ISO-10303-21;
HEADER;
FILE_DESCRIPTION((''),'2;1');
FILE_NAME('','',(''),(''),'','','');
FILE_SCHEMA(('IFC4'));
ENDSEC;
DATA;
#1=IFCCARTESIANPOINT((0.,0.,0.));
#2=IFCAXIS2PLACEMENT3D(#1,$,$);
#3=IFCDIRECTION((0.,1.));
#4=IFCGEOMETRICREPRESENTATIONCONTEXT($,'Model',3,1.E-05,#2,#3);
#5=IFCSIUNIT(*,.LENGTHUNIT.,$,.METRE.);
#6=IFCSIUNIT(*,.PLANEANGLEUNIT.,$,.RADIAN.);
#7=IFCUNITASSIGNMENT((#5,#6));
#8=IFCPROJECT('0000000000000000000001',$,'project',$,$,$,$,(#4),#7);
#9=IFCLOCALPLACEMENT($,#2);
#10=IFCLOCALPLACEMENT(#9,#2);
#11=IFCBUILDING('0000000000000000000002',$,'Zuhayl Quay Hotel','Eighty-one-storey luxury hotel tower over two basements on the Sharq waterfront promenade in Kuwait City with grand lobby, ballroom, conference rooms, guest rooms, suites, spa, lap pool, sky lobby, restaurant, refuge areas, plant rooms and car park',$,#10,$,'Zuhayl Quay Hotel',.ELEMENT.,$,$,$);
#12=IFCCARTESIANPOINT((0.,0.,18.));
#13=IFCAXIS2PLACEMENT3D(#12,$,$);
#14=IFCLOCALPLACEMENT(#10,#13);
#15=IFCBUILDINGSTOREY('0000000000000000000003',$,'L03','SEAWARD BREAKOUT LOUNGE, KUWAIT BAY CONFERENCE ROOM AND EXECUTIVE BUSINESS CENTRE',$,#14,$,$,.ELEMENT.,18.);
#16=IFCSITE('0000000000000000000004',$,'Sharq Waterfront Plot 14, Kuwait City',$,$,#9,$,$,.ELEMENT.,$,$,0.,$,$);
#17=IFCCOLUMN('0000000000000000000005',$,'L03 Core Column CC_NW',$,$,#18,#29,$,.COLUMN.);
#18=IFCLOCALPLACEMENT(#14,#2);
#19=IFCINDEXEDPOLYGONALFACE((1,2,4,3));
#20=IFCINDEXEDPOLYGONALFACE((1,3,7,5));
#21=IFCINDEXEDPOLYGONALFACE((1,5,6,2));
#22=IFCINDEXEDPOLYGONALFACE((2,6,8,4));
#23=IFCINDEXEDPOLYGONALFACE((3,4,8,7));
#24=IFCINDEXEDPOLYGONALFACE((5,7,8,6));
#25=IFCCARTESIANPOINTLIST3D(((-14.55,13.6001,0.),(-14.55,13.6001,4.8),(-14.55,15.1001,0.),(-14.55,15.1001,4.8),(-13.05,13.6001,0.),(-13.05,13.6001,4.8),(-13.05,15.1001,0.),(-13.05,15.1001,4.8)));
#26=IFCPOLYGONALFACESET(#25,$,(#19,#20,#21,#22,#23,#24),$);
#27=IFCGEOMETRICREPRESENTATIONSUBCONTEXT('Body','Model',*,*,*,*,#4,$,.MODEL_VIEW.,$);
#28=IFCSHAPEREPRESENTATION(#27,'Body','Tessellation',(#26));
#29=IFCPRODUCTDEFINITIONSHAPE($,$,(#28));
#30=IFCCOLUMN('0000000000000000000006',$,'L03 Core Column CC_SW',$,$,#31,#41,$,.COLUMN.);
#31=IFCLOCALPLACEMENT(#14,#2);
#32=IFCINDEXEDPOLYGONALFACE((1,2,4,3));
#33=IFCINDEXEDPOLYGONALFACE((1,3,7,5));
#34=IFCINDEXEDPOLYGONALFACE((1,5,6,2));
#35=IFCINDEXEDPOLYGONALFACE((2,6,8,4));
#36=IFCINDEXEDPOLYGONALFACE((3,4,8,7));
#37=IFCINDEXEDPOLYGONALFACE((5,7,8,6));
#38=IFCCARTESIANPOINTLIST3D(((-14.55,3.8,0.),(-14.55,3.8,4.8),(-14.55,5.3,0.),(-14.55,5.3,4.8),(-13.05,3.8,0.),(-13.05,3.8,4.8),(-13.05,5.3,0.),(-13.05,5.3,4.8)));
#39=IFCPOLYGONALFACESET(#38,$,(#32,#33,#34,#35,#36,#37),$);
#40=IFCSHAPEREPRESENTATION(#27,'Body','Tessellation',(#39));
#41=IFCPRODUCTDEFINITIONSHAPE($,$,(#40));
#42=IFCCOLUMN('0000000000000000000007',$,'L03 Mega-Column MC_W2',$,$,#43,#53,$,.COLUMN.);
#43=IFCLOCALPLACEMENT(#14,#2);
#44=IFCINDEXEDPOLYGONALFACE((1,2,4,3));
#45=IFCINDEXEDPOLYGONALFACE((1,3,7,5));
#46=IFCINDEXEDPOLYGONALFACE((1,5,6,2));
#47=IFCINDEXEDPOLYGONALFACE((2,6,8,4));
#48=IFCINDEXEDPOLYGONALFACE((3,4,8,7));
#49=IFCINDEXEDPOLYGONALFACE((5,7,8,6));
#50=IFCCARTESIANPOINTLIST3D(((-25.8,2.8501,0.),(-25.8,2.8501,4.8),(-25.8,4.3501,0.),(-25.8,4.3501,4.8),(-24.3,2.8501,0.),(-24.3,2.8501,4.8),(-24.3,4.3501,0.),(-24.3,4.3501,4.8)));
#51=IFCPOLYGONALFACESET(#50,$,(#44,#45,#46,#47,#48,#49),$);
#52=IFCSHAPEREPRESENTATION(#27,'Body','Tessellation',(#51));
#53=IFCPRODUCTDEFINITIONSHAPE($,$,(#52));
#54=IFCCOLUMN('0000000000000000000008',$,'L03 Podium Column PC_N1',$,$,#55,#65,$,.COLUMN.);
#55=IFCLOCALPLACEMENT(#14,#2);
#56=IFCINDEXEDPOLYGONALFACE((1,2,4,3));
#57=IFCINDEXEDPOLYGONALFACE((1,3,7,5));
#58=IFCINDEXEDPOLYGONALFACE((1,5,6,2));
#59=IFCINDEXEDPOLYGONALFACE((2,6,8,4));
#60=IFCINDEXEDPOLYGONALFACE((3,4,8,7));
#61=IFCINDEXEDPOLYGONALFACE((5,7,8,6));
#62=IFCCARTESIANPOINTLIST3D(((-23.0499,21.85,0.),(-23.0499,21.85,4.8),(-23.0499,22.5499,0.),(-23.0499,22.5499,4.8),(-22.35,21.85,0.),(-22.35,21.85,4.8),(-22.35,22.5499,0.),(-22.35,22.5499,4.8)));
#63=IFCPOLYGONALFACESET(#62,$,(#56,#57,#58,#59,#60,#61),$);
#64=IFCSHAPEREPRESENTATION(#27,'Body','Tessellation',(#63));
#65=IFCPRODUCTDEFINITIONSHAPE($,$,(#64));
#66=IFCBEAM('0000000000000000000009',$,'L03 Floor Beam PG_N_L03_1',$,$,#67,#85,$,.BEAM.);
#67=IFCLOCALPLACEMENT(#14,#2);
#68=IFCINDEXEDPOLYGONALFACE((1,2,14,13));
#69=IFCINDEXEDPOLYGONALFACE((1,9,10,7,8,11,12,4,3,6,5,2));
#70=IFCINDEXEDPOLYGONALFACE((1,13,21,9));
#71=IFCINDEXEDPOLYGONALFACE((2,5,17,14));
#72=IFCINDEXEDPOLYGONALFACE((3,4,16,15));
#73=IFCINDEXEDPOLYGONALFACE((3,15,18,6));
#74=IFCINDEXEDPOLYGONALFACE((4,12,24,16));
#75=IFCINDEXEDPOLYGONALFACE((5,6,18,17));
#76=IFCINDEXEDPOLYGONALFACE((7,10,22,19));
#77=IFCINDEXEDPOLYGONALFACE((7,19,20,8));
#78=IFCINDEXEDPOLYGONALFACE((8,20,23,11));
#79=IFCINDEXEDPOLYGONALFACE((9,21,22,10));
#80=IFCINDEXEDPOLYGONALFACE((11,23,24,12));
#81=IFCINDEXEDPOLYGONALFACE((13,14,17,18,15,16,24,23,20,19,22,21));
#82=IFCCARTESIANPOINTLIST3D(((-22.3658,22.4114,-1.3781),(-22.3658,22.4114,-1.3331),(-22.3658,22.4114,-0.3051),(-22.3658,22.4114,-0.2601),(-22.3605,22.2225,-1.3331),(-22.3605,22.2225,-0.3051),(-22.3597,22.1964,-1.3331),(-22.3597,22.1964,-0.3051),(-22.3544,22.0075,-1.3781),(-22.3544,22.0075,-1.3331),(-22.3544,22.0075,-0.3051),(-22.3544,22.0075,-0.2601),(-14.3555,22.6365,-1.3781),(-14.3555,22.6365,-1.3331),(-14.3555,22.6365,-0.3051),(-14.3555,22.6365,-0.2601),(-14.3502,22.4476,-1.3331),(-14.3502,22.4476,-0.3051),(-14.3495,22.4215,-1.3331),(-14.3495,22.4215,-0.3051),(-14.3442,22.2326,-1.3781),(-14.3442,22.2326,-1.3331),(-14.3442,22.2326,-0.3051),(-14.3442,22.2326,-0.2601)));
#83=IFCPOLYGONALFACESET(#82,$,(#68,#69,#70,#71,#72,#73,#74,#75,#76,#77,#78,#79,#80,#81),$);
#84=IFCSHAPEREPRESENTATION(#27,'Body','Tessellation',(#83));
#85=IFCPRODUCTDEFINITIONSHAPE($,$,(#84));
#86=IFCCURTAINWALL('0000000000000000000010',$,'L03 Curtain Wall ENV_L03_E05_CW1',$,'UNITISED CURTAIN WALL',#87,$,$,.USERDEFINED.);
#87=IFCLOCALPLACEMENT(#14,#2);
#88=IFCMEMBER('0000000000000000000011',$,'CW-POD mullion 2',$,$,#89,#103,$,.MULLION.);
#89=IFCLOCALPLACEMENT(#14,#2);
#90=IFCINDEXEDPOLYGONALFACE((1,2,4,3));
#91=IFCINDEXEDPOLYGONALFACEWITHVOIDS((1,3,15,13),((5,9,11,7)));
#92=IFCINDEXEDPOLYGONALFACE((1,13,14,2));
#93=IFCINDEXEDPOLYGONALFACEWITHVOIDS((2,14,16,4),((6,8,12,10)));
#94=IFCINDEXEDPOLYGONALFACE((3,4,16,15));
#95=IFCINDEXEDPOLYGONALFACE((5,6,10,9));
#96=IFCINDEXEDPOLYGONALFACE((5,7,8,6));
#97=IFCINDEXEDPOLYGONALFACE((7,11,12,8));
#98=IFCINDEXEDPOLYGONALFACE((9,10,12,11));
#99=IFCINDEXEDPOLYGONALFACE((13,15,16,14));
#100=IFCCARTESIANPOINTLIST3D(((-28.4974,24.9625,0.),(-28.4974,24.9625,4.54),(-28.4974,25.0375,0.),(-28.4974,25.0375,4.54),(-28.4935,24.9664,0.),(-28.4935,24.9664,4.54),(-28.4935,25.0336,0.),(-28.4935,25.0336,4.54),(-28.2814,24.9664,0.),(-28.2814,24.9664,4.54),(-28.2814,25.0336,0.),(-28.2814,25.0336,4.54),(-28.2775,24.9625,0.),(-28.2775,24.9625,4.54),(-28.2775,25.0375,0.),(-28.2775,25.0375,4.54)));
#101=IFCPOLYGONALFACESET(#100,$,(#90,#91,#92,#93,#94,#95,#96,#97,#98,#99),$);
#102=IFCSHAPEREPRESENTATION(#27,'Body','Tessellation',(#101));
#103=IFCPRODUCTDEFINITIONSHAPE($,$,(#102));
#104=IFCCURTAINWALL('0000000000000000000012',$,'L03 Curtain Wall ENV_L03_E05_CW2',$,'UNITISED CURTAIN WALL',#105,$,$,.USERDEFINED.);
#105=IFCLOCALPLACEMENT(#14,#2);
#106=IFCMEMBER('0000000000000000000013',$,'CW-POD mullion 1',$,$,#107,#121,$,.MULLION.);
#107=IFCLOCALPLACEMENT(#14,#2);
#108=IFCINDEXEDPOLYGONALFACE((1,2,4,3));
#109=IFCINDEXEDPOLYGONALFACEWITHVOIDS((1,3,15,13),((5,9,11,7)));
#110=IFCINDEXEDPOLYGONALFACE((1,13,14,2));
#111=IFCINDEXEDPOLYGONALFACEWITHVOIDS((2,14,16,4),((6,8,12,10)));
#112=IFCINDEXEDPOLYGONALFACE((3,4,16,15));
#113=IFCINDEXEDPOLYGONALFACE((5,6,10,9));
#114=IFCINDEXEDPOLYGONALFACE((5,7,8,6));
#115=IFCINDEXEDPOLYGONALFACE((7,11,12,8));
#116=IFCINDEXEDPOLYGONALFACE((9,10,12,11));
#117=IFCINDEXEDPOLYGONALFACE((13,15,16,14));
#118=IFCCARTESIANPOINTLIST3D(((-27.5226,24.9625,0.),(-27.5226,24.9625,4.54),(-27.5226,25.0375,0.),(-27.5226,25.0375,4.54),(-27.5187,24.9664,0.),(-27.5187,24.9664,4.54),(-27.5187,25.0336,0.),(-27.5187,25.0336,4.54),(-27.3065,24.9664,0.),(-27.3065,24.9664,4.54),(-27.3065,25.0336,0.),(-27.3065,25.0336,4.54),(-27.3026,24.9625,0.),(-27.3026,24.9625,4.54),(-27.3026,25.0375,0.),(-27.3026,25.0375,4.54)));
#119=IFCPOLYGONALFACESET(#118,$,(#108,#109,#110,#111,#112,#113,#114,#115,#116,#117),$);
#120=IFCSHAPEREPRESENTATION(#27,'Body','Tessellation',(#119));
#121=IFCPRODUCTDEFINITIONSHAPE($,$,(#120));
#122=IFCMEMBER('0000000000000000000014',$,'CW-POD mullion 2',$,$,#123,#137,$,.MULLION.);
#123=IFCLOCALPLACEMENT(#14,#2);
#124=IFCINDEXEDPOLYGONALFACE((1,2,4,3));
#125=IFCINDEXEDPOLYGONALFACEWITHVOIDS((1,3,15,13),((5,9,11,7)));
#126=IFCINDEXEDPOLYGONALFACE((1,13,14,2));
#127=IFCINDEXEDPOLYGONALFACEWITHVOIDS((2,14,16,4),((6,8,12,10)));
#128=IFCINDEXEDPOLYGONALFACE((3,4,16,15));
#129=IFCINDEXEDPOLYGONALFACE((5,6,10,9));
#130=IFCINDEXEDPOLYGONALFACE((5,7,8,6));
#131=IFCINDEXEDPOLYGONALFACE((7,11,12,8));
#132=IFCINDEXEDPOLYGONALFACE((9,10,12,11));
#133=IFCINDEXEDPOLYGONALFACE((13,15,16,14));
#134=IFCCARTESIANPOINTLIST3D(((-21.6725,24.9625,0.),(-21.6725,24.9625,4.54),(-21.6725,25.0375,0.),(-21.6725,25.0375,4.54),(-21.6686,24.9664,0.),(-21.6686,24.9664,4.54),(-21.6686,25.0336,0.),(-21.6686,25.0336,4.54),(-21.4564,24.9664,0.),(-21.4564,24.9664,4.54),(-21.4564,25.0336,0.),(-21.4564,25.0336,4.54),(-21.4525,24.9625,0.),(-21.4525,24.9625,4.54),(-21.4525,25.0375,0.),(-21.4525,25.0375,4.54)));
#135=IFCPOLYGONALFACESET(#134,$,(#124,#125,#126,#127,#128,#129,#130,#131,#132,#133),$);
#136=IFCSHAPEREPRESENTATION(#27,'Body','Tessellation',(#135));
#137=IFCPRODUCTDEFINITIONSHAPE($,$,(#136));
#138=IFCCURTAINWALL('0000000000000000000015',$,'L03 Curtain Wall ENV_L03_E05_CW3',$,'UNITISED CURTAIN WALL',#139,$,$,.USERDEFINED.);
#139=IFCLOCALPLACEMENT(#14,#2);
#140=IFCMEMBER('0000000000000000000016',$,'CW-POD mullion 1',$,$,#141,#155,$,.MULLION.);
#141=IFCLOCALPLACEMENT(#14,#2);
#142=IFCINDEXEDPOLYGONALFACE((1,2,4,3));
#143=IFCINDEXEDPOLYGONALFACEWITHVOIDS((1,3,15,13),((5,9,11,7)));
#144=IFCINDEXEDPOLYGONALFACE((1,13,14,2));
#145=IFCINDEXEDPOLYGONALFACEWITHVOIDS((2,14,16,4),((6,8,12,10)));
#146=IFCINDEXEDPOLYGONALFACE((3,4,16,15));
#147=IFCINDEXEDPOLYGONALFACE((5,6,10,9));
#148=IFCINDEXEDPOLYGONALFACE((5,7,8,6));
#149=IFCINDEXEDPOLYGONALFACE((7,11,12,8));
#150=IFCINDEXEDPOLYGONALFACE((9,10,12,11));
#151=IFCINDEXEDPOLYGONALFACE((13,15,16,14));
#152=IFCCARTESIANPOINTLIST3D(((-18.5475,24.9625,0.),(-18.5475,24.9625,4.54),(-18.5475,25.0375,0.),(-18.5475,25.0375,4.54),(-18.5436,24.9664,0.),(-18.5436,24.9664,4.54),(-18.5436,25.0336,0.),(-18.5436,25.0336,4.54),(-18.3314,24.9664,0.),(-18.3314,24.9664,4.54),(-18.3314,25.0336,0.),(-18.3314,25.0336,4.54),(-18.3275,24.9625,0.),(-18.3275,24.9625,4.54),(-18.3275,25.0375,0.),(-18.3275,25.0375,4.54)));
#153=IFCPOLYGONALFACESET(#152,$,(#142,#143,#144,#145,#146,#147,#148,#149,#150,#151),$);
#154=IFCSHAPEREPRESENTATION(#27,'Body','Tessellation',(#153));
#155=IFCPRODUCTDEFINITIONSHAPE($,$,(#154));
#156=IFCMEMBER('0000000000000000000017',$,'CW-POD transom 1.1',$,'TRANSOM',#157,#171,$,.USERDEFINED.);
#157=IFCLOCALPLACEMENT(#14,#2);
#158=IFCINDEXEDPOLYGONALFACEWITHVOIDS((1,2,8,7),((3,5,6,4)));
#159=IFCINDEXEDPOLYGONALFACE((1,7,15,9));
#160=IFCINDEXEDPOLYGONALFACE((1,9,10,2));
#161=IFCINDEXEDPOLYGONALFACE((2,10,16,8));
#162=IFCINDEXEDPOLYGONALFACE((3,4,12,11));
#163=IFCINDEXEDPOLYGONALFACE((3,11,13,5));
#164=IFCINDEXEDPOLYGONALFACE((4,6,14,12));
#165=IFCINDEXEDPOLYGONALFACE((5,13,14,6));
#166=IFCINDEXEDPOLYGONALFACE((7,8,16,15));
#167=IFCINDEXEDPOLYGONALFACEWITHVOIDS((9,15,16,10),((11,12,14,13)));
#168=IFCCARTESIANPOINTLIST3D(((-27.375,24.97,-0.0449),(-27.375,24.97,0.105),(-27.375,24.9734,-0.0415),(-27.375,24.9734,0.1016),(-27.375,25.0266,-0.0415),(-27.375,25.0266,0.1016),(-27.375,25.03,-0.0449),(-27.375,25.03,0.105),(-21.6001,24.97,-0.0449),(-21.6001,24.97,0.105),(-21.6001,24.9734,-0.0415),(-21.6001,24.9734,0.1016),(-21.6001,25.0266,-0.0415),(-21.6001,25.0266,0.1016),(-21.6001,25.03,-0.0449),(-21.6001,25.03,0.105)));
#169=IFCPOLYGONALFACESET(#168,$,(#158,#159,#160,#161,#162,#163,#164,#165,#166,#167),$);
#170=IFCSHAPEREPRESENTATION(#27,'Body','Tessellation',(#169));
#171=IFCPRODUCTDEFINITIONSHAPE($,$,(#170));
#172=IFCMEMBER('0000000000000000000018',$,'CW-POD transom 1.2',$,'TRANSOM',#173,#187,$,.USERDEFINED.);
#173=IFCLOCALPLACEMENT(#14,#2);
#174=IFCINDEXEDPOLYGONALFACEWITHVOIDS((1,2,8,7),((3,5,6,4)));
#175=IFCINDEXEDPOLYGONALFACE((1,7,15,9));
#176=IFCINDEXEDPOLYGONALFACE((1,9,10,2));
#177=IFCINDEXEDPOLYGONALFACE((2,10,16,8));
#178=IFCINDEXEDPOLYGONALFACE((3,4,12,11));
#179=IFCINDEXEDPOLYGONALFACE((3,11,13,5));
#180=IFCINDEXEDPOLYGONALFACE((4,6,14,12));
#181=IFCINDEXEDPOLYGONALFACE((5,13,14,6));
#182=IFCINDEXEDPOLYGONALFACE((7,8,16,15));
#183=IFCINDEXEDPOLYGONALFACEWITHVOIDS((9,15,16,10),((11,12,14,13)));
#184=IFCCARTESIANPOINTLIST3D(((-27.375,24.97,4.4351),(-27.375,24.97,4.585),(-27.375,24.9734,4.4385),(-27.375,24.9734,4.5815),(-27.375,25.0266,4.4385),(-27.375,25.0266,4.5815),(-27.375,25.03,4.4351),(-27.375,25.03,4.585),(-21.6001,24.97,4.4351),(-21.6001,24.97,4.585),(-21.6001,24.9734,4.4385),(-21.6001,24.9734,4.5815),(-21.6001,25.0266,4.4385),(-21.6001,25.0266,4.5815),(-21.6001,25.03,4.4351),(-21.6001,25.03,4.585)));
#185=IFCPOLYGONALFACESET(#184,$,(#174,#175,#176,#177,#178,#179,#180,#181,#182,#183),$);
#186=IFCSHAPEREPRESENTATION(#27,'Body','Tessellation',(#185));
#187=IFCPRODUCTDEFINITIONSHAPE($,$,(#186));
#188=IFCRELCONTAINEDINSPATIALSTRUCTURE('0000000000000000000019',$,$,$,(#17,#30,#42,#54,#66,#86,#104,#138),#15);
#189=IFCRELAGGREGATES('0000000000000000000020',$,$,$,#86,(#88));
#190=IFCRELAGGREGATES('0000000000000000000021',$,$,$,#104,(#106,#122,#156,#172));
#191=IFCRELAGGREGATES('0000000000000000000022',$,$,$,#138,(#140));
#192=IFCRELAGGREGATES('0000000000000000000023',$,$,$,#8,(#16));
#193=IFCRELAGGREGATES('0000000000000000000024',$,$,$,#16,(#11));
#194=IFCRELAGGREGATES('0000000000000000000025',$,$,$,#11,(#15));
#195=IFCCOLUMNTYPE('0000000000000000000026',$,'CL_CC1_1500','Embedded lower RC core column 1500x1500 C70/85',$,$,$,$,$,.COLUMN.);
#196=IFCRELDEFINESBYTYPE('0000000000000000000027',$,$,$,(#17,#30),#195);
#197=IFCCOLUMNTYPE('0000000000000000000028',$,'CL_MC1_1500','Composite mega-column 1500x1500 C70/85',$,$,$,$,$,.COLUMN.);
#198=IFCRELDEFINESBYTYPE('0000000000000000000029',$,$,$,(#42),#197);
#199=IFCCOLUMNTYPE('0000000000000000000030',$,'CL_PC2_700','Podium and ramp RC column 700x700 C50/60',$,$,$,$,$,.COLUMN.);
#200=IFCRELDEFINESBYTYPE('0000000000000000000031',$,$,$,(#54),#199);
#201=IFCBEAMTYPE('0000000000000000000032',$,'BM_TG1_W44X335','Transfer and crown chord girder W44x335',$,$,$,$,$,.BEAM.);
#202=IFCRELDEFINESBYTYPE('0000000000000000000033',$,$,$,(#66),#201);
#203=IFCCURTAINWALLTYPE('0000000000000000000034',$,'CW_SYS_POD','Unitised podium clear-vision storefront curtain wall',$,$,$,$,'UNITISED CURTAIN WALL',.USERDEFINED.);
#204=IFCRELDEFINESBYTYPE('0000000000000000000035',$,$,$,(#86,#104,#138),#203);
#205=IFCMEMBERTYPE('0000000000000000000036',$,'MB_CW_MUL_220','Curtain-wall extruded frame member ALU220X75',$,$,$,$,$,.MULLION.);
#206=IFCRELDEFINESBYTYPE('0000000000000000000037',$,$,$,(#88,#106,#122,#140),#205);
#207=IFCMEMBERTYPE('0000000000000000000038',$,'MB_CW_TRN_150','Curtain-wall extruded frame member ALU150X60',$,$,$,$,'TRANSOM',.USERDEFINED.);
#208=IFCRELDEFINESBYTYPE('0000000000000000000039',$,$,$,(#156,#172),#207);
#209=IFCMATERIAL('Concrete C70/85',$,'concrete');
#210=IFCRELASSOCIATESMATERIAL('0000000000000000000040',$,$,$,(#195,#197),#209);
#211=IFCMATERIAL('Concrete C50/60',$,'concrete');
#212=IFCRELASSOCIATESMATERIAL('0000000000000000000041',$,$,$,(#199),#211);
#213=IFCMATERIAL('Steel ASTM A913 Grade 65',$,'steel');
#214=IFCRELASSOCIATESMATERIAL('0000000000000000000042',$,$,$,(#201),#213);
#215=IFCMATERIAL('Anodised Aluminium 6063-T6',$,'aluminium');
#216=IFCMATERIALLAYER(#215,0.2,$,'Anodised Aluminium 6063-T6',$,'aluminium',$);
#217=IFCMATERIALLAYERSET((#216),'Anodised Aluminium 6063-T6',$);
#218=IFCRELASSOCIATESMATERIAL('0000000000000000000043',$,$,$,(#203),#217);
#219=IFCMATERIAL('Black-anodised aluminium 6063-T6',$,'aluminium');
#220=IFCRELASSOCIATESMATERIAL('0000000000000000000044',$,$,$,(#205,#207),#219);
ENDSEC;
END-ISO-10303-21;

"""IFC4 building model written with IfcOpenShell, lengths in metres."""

from ifc_helpers import new_model, si_unit, direction, frame, origin, origin_2d, place, context, subcontext, project, spatial, rectangle, hollow_rectangle, i_section, extrude, material, layer, layer_set, material_profile, profile_set, type_object, element, aggregate, save


model = new_model("IFC4")

# Units and contexts
model_context = context("Model", 3, precision=1e-05, world=origin(), true_north=direction((0.0, 1.0)))
body_context = subcontext(model_context, "Body", "Model", "MODEL_VIEW")
ifc_project = project(units=[si_unit("LENGTHUNIT", "METRE"), si_unit("PLANEANGLEUNIT", "RADIAN")], contexts=[model_context])

# Site, building, storey
site_placement = place(None, origin())
site = spatial("IfcSite", under=ifc_project, at=site_placement, Name="Sharq Waterfront Plot 14, Kuwait City", CompositionType="ELEMENT", RefElevation=0.0)
building_placement = place(site_placement, origin())
building = spatial("IfcBuilding", under=site, at=building_placement, Name="Zuhayl Quay Hotel", Description="Eighty-one-storey luxury hotel tower over two basements on the Sharq waterfront promenade in Kuwait City with grand lobby, ballroom, conference rooms, guest rooms, suites, spa, lap pool, sky lobby, restaurant, refuge areas, plant rooms and car park", LongName="Zuhayl Quay Hotel", CompositionType="ELEMENT")
storey_placement = place(building_placement, frame((0.0, 0.0, 18.0)))
storey = spatial("IfcBuildingStorey", under=building, at=storey_placement, Name="L03", Description="SEAWARD BREAKOUT LOUNGE, KUWAIT BAY CONFERENCE ROOM AND EXECUTIVE BUSINESS CENTRE", CompositionType="ELEMENT", Elevation=18.0)

# Columns
ifc_material_1 = material(Name="Concrete C70/85", Category="concrete")
ifc_material_profile_1 = material_profile(ifc_material_1, rectangle(XDim=1.5, YDim=1.5, at=origin_2d()), Name="RC1500X1500")
ifc_profile_set_1 = profile_set([ifc_material_profile_1], Name="Concrete C70/85")
column_type_1 = type_object("IfcColumnType", Name="CL_CC1_1500", Description="Embedded lower RC core column 1500x1500 C70/85", PredefinedType="COLUMN", material=ifc_profile_set_1)
for number, where, z_axis, x_axis, name in (
    (1, (-13.8, 14.3501, 0.0), (0.0, 0.0, 1.0), (1.0, 0.0, 0.0), "L03 Core Column CC_NW"),
    (2, (-13.8, 4.55, 0.0), (0.0, 0.0, 1.0), (1.0, 0.0, 0.0), "L03 Core Column CC_SW"),
):
    element("IfcColumn", number, at=place(storey_placement, frame(where, z_axis=z_axis, x_axis=x_axis)), inside=storey, type_object=column_type_1, Name=name, PredefinedType="COLUMN", context=body_context, shape_type="SweptSolid", body=[
        extrude(rectangle(XDim=1.5, YDim=1.5, at=origin_2d()), origin(), (0.0, 0.0, 1.0), 4.8),
    ])
ifc_material_profile_2 = material_profile(ifc_material_1, rectangle(XDim=1.5, YDim=1.5, at=origin_2d()), Name="RC1500X1500")
ifc_profile_set_2 = profile_set([ifc_material_profile_2], Name="Concrete C70/85")
column_type_2 = type_object("IfcColumnType", Name="CL_MC1_1500", Description="Composite mega-column 1500x1500 C70/85", PredefinedType="COLUMN", material=ifc_profile_set_2)
column_1_placement = place(storey_placement, frame((-25.05, 3.6001, 0.0), z_axis=(0.0, 0.0, 1.0), x_axis=(1.0, 0.0, 0.0)))
element("IfcColumn", 3, at=column_1_placement, inside=storey, type_object=column_type_2, Name="L03 Mega-Column MC_W2", PredefinedType="COLUMN", context=body_context, shape_type="SweptSolid", body=[
    extrude(rectangle(XDim=1.5, YDim=1.5, at=origin_2d()), origin(), (0.0, 0.0, 1.0), 4.8),
])
ifc_material_2 = material(Name="Concrete C50/60", Category="concrete")
ifc_material_profile_3 = material_profile(ifc_material_2, rectangle(XDim=0.7, YDim=0.7, at=origin_2d()), Name="RC700X700")
ifc_profile_set_3 = profile_set([ifc_material_profile_3], Name="Concrete C50/60")
column_type_3 = type_object("IfcColumnType", Name="CL_PC2_700", Description="Podium and ramp RC column 700x700 C50/60", PredefinedType="COLUMN", material=ifc_profile_set_3)
column_2_placement = place(storey_placement, frame((-22.7, 22.2, 0.0), z_axis=(0.0, 0.0, 1.0), x_axis=(1.0, 0.0, 0.0)))
element("IfcColumn", 4, at=column_2_placement, inside=storey, type_object=column_type_3, Name="L03 Podium Column PC_N1", PredefinedType="COLUMN", context=body_context, shape_type="SweptSolid", body=[
    extrude(rectangle(XDim=0.7, YDim=0.7, at=origin_2d()), origin(), (0.0, 0.0, 1.0), 4.8),
])

# Beam
ifc_material_3 = material(Name="Steel ASTM A913 Grade 65", Category="steel")
ifc_material_profile_4 = material_profile(ifc_material_3, i_section(OverallWidth=0.4041, OverallDepth=1.1179, WebThickness=0.0261, FlangeThickness=0.0449, at=origin_2d()), Name="W44X335")
ifc_profile_set_4 = profile_set([ifc_material_profile_4], Name="Steel ASTM A913 Grade 65")
beam_type = type_object("IfcBeamType", Name="BM_TG1_W44X335", Description="Transfer and crown chord girder W44x335", PredefinedType="BEAM", material=ifc_profile_set_4)
beam_placement = place(storey_placement, frame((-22.3601, 22.2095, -0.8191), z_axis=(0.999605, 0.02809, 0.0), x_axis=(-0.02809, 0.999605, 0.0)))
element("IfcBeam", 5, at=beam_placement, inside=storey, type_object=beam_type, Name="L03 Floor Beam PG_N_L03_1", PredefinedType="BEAM", context=body_context, shape_type="SweptSolid", body=[
    extrude(i_section(OverallWidth=0.4041, OverallDepth=1.1179, WebThickness=0.0261, FlangeThickness=0.0449, at=origin_2d()), origin(), (0.0, 0.0, 1.0), 8.0134),
])

# Curtain wall, member
ifc_material_4 = material(Name="Anodised Aluminium 6063-T6", Category="aluminium")
ifc_layer_1 = layer(ifc_material_4, 0.2, Name="Anodised Aluminium 6063-T6", Category="aluminium")
ifc_layer_set_1 = layer_set([ifc_layer_1], Name="Anodised Aluminium 6063-T6")
curtain_wall_type = type_object("IfcCurtainWallType", Name="CW_SYS_POD", Description="Unitised podium clear-vision storefront curtain wall", ElementType="UNITISED CURTAIN WALL", PredefinedType="USERDEFINED", material=ifc_layer_set_1)
curtain_wall_1_placement = place(storey_placement, origin())
curtain_wall_1 = element("IfcCurtainWall", 6, at=curtain_wall_1_placement, inside=storey, type_object=curtain_wall_type, Name="L03 Curtain Wall ENV_L03_E05_CW1", ObjectType="UNITISED CURTAIN WALL", PredefinedType="USERDEFINED")
ifc_material_5 = material(Name="Black-anodised aluminium 6063-T6", Category="aluminium")
ifc_material_profile_5 = material_profile(ifc_material_5, hollow_rectangle(XDim=0.075, YDim=0.22, WallThickness=0.0039, at=origin_2d()), Name="ALU220X75")
ifc_profile_set_5 = profile_set([ifc_material_profile_5], Name="Black-anodised aluminium 6063-T6")
member_type_1 = type_object("IfcMemberType", Name="MB_CW_MUL_220", Description="Curtain-wall extruded frame member ALU220X75", PredefinedType="MULLION", material=ifc_profile_set_5)
member_1_placement = place(storey_placement, frame((-28.3875, 25.0, 0.0), z_axis=(0.0, 0.0, 1.0), x_axis=(0.0, 1.0, 0.0)))
member_1 = element("IfcMember", 7, at=member_1_placement, type_object=member_type_1, Name="CW-POD mullion 2", PredefinedType="MULLION", context=body_context, shape_type="SweptSolid", body=[
    extrude(hollow_rectangle(XDim=0.075, YDim=0.22, WallThickness=0.0039, at=origin_2d()), origin(), (0.0, 0.0, 1.0), 4.54),
])
aggregate(curtain_wall_1, [member_1])

# Curtain wall, members
curtain_wall_2_placement = place(storey_placement, origin())
curtain_wall_2 = element("IfcCurtainWall", 8, at=curtain_wall_2_placement, inside=storey, type_object=curtain_wall_type, Name="L03 Curtain Wall ENV_L03_E05_CW2", ObjectType="UNITISED CURTAIN WALL", PredefinedType="USERDEFINED")
member_2_placement = place(storey_placement, frame((-27.4126, 25.0, 0.0), z_axis=(0.0, 0.0, 1.0), x_axis=(0.0, 1.0, 0.0)))
member_2 = element("IfcMember", 9, at=member_2_placement, type_object=member_type_1, Name="CW-POD mullion 1", PredefinedType="MULLION", context=body_context, shape_type="SweptSolid", body=[
    extrude(hollow_rectangle(XDim=0.075, YDim=0.22, WallThickness=0.0039, at=origin_2d()), origin(), (0.0, 0.0, 1.0), 4.54),
])
member_3_placement = place(storey_placement, frame((-21.5625, 25.0, 0.0), z_axis=(0.0, 0.0, 1.0), x_axis=(0.0, 1.0, 0.0)))
member_3 = element("IfcMember", 10, at=member_3_placement, type_object=member_type_1, Name="CW-POD mullion 2", PredefinedType="MULLION", context=body_context, shape_type="SweptSolid", body=[
    extrude(hollow_rectangle(XDim=0.075, YDim=0.22, WallThickness=0.0039, at=origin_2d()), origin(), (0.0, 0.0, 1.0), 4.54),
])

# Curtain wall, member
curtain_wall_3_placement = place(storey_placement, origin())
curtain_wall_3 = element("IfcCurtainWall", 11, at=curtain_wall_3_placement, inside=storey, type_object=curtain_wall_type, Name="L03 Curtain Wall ENV_L03_E05_CW3", ObjectType="UNITISED CURTAIN WALL", PredefinedType="USERDEFINED")
member_4_placement = place(storey_placement, frame((-18.4375, 25.0, 0.0), z_axis=(0.0, 0.0, 1.0), x_axis=(0.0, 1.0, 0.0)))
member_4 = element("IfcMember", 12, at=member_4_placement, type_object=member_type_1, Name="CW-POD mullion 1", PredefinedType="MULLION", context=body_context, shape_type="SweptSolid", body=[
    extrude(hollow_rectangle(XDim=0.075, YDim=0.22, WallThickness=0.0039, at=origin_2d()), origin(), (0.0, 0.0, 1.0), 4.54),
])

# Members
ifc_material_profile_6 = material_profile(ifc_material_5, hollow_rectangle(XDim=0.0601, YDim=0.1499, WallThickness=0.0034, at=origin_2d()), Name="ALU150X60")
ifc_profile_set_6 = profile_set([ifc_material_profile_6], Name="Black-anodised aluminium 6063-T6")
member_type_2 = type_object("IfcMemberType", Name="MB_CW_TRN_150", Description="Curtain-wall extruded frame member ALU150X60", ElementType="TRANSOM", PredefinedType="USERDEFINED", material=ifc_profile_set_6)
member_5_placement = place(storey_placement, frame((-27.375, 25.0, 0.03), z_axis=(1.0, 0.0, 0.0), x_axis=(0.0, 1.0, 0.0)))
member_5 = element("IfcMember", 13, at=member_5_placement, type_object=member_type_2, Name="CW-POD transom 1.1", ObjectType="TRANSOM", PredefinedType="USERDEFINED", context=body_context, shape_type="SweptSolid", body=[
    extrude(hollow_rectangle(XDim=0.0601, YDim=0.1499, WallThickness=0.0034, at=origin_2d()), origin(), (0.0, 0.0, 1.0), 5.7749),
])
member_6_placement = place(storey_placement, frame((-27.375, 25.0, 4.51), z_axis=(1.0, 0.0, 0.0), x_axis=(0.0, 1.0, 0.0)))
member_6 = element("IfcMember", 14, at=member_6_placement, type_object=member_type_2, Name="CW-POD transom 1.2", ObjectType="TRANSOM", PredefinedType="USERDEFINED", context=body_context, shape_type="SweptSolid", body=[
    extrude(hollow_rectangle(XDim=0.0601, YDim=0.1499, WallThickness=0.0034, at=origin_2d()), origin(), (0.0, 0.0, 1.0), 5.7749),
])

aggregate(curtain_wall_2, [member_2, member_3, member_5, member_6])
aggregate(curtain_wall_3, [member_4])

save(model, "model.ifc")
